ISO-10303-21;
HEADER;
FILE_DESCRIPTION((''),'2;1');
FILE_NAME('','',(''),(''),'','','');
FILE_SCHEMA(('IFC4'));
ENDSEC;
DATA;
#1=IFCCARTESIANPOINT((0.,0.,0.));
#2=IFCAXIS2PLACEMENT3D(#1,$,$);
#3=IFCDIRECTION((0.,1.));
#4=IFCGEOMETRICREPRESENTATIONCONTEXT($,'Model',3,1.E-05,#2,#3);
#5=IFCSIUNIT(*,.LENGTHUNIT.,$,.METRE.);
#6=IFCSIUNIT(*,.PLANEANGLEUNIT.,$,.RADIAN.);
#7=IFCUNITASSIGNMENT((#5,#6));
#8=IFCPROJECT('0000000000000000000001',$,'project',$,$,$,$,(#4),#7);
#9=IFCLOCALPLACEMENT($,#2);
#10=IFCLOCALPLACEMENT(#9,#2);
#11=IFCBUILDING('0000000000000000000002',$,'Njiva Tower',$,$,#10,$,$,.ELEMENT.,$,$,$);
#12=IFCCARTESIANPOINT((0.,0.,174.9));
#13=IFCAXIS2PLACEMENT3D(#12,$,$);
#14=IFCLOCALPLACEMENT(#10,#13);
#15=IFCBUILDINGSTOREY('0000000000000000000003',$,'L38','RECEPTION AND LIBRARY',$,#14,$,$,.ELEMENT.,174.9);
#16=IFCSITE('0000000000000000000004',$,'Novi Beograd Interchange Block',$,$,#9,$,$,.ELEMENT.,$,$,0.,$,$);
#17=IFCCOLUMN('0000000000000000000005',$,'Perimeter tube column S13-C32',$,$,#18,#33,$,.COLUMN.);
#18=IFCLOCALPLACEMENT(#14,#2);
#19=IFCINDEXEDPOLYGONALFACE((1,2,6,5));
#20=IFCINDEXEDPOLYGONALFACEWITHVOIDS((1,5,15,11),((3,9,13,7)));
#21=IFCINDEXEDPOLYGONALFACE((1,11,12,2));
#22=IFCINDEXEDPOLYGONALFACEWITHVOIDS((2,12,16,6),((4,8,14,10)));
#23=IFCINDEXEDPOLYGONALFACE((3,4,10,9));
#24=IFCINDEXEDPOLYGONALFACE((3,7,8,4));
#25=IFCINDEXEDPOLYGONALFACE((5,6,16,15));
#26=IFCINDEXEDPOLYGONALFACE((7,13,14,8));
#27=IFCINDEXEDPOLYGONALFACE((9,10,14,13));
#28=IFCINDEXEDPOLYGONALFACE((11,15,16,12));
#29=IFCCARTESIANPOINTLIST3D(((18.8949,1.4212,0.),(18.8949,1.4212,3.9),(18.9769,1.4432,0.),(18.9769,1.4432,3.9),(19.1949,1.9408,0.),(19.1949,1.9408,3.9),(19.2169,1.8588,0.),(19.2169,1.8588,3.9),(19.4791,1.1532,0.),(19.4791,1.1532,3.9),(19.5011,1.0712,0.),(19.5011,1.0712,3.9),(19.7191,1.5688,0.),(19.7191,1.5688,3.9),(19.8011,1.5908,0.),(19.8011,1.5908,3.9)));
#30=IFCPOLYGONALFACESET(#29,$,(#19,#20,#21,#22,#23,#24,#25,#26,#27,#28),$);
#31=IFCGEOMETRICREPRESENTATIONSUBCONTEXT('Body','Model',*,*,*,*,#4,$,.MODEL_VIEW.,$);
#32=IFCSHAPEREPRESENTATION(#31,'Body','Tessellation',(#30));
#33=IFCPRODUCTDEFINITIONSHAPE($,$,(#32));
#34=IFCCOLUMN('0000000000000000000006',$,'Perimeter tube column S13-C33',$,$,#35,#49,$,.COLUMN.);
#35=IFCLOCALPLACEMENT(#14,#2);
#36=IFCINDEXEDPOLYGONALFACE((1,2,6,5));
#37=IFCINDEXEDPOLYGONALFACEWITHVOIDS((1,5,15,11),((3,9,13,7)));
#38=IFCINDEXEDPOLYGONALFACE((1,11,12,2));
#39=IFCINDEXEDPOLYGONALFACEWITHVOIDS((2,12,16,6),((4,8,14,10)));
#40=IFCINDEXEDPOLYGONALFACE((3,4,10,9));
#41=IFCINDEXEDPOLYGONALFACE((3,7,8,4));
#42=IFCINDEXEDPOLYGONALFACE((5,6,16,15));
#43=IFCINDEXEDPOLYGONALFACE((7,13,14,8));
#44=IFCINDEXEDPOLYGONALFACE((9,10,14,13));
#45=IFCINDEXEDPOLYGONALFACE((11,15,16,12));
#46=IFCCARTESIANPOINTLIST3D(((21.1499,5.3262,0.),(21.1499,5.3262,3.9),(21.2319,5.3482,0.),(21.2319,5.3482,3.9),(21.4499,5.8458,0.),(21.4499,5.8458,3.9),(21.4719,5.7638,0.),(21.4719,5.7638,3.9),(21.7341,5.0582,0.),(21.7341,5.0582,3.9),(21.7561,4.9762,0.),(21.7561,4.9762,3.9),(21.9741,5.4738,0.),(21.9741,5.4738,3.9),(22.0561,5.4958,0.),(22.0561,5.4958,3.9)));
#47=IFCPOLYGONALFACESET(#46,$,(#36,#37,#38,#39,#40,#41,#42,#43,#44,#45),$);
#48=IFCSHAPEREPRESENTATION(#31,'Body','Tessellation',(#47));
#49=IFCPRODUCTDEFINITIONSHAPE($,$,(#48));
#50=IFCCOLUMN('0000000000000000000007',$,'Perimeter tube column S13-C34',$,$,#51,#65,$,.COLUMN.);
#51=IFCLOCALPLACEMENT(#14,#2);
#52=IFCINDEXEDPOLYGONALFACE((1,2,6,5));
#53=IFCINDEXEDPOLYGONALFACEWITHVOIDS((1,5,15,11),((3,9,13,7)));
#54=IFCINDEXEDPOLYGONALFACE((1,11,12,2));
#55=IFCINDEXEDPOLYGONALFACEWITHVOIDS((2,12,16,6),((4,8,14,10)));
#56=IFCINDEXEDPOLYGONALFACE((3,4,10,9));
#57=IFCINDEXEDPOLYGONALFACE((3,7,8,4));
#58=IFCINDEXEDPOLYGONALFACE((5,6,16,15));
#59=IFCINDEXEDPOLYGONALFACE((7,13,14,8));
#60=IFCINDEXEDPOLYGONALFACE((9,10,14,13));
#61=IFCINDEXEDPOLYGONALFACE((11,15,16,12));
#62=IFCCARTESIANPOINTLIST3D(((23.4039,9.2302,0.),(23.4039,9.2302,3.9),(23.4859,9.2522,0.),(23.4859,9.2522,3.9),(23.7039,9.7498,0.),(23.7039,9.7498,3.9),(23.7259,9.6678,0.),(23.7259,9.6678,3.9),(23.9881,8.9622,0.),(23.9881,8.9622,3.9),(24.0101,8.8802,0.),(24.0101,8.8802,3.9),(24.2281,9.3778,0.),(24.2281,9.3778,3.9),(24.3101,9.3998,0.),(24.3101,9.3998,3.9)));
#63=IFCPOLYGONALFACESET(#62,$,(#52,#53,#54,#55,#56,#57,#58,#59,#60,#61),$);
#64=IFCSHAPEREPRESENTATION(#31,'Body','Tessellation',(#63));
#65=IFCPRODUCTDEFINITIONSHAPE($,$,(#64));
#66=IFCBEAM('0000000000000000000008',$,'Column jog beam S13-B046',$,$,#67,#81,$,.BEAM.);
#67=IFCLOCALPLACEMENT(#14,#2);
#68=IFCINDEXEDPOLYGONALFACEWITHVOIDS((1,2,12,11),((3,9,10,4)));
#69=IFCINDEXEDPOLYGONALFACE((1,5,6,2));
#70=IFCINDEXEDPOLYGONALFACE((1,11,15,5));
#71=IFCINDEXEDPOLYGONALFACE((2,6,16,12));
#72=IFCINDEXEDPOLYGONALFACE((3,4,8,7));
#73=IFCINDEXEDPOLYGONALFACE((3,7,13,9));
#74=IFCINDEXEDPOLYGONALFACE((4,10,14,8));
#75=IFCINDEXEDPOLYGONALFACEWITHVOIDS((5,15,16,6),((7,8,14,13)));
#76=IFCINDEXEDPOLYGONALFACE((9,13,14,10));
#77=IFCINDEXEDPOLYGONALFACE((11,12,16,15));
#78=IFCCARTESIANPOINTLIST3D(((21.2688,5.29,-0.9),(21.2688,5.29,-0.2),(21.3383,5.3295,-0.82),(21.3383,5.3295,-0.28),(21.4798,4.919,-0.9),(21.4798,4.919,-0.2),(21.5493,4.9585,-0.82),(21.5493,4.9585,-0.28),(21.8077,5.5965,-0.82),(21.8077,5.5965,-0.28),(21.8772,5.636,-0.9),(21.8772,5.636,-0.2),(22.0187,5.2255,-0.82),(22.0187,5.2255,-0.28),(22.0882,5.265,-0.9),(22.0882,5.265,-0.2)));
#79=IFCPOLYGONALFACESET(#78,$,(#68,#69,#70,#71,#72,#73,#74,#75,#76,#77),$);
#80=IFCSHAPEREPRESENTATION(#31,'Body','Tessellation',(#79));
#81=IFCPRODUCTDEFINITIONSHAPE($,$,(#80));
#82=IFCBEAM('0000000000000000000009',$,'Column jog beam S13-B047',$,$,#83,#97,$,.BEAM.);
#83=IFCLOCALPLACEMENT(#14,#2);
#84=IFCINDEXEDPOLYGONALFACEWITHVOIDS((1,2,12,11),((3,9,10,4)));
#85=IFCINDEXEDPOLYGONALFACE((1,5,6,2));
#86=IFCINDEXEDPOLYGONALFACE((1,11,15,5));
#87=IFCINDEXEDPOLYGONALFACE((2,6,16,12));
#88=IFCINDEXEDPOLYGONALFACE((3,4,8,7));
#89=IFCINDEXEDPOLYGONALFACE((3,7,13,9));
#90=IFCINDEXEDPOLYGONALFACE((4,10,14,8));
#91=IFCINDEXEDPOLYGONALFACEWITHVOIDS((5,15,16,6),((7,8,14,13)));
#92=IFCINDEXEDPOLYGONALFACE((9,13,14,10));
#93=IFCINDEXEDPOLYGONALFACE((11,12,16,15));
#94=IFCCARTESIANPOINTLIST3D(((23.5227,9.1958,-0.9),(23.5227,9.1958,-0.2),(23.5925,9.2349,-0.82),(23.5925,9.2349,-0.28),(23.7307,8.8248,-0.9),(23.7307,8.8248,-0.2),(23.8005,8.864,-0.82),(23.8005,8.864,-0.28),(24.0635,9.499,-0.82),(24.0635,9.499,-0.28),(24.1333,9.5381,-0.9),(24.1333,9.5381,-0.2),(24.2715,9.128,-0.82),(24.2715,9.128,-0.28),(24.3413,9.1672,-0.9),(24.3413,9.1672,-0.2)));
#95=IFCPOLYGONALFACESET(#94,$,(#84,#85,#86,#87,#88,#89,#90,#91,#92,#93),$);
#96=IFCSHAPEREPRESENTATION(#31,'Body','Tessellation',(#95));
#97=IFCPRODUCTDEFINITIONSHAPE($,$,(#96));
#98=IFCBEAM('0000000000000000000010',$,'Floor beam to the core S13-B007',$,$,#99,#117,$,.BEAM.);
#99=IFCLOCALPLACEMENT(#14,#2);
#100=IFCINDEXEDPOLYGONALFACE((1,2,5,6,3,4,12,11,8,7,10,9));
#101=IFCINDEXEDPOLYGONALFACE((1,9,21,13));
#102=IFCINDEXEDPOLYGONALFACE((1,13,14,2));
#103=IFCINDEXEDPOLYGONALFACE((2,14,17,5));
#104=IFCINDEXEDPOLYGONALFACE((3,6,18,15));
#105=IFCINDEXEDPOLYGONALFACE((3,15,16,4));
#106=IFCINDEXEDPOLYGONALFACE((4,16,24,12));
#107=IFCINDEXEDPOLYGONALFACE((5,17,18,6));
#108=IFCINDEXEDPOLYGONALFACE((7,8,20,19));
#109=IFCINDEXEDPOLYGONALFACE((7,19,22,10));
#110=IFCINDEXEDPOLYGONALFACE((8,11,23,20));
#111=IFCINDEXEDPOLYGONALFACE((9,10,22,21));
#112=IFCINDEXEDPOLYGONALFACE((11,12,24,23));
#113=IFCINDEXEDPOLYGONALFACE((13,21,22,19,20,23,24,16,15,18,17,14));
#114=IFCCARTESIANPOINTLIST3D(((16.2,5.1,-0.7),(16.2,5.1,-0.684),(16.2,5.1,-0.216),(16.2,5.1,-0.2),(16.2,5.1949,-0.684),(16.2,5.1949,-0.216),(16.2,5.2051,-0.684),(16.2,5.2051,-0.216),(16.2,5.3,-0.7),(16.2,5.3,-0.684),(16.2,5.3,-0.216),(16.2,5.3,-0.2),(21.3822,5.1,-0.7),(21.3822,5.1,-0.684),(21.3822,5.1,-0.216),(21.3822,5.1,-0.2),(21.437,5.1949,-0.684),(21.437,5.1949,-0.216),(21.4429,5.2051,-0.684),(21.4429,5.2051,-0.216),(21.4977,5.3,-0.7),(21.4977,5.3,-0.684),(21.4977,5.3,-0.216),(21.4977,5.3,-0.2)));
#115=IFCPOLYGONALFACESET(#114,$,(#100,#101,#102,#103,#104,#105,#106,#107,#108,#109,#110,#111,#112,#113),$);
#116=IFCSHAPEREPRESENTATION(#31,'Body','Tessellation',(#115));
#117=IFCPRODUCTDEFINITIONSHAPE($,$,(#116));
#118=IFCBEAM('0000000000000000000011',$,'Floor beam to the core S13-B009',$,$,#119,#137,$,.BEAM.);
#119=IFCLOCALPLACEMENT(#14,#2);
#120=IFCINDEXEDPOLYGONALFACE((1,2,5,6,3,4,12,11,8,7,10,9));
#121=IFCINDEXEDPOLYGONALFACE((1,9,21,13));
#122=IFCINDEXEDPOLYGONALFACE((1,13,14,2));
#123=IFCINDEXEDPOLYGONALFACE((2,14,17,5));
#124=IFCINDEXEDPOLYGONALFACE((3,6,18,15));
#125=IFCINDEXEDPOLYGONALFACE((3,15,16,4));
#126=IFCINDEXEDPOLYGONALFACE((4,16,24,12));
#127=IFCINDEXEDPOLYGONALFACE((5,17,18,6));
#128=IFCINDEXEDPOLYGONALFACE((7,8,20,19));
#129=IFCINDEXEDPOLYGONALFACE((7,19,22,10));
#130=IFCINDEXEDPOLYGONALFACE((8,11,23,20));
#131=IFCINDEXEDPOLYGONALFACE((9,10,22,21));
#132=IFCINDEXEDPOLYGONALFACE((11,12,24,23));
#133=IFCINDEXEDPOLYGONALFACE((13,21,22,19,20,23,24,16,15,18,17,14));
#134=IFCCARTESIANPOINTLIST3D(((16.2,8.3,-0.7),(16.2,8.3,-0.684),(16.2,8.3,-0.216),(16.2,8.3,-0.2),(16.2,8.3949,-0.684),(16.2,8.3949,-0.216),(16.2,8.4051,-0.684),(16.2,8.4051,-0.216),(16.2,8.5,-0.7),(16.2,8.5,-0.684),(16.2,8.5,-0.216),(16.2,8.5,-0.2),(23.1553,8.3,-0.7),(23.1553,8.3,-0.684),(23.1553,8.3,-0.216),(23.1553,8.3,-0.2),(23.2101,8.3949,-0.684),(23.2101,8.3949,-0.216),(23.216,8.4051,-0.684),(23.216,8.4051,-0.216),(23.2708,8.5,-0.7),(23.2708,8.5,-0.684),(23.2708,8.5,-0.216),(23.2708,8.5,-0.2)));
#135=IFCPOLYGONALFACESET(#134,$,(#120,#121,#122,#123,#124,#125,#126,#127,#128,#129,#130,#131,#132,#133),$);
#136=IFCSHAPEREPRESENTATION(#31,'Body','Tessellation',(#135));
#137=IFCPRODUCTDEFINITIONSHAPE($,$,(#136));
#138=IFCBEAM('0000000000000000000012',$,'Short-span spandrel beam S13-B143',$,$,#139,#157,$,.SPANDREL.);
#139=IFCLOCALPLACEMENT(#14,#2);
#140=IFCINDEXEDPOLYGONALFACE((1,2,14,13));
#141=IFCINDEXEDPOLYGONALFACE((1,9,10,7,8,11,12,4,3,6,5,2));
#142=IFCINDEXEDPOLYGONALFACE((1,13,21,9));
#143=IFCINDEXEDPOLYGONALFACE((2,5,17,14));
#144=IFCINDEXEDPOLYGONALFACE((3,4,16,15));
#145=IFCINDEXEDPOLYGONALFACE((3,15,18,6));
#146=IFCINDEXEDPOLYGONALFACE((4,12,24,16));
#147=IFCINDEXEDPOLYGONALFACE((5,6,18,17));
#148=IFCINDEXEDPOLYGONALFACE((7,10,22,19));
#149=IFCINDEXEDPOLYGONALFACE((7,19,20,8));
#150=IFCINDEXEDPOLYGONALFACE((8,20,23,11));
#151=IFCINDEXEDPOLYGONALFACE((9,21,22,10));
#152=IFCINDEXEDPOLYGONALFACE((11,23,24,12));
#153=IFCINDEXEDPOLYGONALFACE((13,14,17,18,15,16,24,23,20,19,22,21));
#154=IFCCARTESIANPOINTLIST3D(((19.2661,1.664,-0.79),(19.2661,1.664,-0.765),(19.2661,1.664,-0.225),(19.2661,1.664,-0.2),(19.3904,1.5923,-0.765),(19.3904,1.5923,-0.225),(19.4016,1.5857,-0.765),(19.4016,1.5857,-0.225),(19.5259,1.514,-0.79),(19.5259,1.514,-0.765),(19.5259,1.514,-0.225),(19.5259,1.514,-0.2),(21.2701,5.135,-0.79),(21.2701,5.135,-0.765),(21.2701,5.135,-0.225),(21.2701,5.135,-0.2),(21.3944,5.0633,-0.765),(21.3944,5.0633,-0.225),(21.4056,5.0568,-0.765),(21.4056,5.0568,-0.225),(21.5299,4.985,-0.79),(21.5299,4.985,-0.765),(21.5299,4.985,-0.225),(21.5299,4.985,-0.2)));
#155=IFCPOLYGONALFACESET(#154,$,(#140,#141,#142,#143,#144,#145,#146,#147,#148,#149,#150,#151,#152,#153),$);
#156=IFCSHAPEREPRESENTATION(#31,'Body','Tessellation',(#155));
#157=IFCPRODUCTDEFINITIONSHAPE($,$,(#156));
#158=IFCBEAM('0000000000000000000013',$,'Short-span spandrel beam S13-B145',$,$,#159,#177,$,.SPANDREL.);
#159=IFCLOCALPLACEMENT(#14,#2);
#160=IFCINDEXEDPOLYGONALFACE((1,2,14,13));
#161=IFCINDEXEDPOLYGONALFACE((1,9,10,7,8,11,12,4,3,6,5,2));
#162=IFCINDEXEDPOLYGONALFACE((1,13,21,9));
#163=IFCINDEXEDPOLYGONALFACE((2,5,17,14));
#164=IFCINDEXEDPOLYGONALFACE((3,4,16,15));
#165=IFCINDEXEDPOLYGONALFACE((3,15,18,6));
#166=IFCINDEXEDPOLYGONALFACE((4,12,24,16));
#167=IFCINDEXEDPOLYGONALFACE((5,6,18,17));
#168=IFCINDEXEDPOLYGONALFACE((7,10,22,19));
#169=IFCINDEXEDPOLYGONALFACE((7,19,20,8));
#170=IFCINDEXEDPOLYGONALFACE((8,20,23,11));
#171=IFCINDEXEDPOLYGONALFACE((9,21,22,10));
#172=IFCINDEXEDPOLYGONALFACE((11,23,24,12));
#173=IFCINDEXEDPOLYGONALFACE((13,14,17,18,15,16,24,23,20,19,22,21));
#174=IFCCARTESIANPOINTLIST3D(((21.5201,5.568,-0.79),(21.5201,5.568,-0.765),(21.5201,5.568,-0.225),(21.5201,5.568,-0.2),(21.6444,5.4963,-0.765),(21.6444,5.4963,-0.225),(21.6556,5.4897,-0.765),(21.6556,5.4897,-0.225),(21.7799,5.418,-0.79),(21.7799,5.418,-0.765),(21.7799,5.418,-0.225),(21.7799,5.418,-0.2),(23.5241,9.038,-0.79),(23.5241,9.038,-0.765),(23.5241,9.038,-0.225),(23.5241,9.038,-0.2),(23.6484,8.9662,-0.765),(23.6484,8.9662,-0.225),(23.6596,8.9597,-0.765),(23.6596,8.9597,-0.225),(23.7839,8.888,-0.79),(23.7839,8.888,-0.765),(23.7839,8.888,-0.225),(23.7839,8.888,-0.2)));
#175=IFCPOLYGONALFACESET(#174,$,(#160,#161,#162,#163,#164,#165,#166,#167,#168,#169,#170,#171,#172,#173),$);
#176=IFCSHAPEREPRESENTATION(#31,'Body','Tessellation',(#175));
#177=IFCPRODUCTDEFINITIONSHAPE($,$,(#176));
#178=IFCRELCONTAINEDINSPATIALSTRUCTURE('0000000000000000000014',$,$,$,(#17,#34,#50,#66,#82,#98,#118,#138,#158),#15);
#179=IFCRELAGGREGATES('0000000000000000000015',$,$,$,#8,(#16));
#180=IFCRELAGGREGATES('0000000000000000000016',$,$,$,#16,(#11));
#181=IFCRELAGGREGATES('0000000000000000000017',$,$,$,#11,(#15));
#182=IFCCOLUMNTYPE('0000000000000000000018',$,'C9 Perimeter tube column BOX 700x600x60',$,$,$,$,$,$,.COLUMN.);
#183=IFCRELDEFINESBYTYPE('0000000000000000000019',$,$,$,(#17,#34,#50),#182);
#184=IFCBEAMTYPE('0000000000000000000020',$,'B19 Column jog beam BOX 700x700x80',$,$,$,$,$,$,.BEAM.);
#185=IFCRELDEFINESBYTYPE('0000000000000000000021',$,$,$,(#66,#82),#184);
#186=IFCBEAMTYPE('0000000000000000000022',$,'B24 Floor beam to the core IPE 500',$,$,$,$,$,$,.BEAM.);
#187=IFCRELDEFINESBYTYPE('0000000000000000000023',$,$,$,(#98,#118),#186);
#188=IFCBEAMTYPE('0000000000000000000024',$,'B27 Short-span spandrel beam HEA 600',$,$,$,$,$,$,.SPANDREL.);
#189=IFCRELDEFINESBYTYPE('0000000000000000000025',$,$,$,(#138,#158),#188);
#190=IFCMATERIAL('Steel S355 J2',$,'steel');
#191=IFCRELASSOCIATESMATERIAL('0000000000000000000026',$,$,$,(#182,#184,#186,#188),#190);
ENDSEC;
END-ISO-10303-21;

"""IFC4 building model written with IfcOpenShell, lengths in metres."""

from ifc_helpers import new_model, si_unit, direction, frame, origin, origin_2d, place, context, subcontext, project, spatial, hollow_rectangle, i_section, extrude, clip, halfspace, material, material_profile, profile_set, type_object, element, save


model = new_model("IFC4")

# Units and contexts
model_context = context("Model", 3, precision=1e-05, world=origin(), true_north=direction((0.0, 1.0)))
body_context = subcontext(model_context, "Body", "Model", "MODEL_VIEW")
ifc_project = project(units=[si_unit("LENGTHUNIT", "METRE"), si_unit("PLANEANGLEUNIT", "RADIAN")], contexts=[model_context])

# Site, building, storey
site_placement = place(None, origin())
site = spatial("IfcSite", under=ifc_project, at=site_placement, Name="Novi Beograd Interchange Block", CompositionType="ELEMENT", RefElevation=0.0)
building_placement = place(site_placement, origin())
building = spatial("IfcBuilding", under=site, at=building_placement, Name="Njiva Tower", CompositionType="ELEMENT")
storey_placement = place(building_placement, frame((0.0, 0.0, 174.9)))
storey = spatial("IfcBuildingStorey", under=building, at=storey_placement, Name="L38", Description="RECEPTION AND LIBRARY", CompositionType="ELEMENT", Elevation=174.9)

# Columns
ifc_material_1 = material(Name="Steel S355 J2", Category="steel")
ifc_material_profile_1 = material_profile(ifc_material_1, hollow_rectangle(XDim=0.6, YDim=0.7, WallThickness=0.06, at=origin_2d()), Name="BOX 700x600x60")
ifc_profile_set_1 = profile_set([ifc_material_profile_1], Name="Steel S355 J2")
column_type = type_object("IfcColumnType", Name="C9 Perimeter tube column BOX 700x600x60", PredefinedType="COLUMN", material=ifc_profile_set_1)
for number, where, z_axis, x_axis, name in (
    (1, (19.348, 1.506, 0.0), (0.0, 0.0, 1.0), (0.5, 0.866025, 0.0), "Perimeter tube column S13-C32"),
    (2, (21.603, 5.411, 0.0), (0.0, 0.0, 1.0), (0.5, 0.866025, 0.0), "Perimeter tube column S13-C33"),
    (3, (23.857, 9.315, 0.0), (0.0, 0.0, 1.0), (0.5, 0.866025, 0.0), "Perimeter tube column S13-C34"),
):
    element("IfcColumn", number, at=place(storey_placement, frame(where, z_axis=z_axis, x_axis=x_axis)), inside=storey, type_object=column_type, Name=name, PredefinedType="COLUMN", context=body_context, shape_type="SweptSolid", body=[
        extrude(hollow_rectangle(XDim=0.6, YDim=0.7, WallThickness=0.06, at=origin_2d()), origin(), (0.0, 0.0, 1.0), 3.9),
    ])

# Beams
ifc_material_profile_2 = material_profile(ifc_material_1, hollow_rectangle(XDim=0.7, YDim=0.7, WallThickness=0.08, at=origin_2d()), Name="BOX 700x700x80")
ifc_profile_set_2 = profile_set([ifc_material_profile_2], Name="Steel S355 J2")
beam_type_1 = type_object("IfcBeamType", Name="B19 Column jog beam BOX 700x700x80", PredefinedType="BEAM", material=ifc_profile_set_2)
beam_1_placement = place(storey_placement, frame((21.784, 5.092, -0.55), z_axis=(-0.494372, 0.869251, 0.0), x_axis=(-0.869251, -0.494372, 0.0)))
element("IfcBeam", 4, at=beam_1_placement, inside=storey, type_object=beam_type_1, Name="Column jog beam S13-B046", PredefinedType="BEAM", context=body_context, shape_type="SweptSolid", body=[
    extrude(hollow_rectangle(XDim=0.7, YDim=0.7, WallThickness=0.08, at=origin_2d()), origin(), (0.0, 0.0, 1.0), 0.4268),
])
beam_2_placement = place(storey_placement, frame((24.036, 8.996, -0.55), z_axis=(-0.489033, 0.872265, 0.0), x_axis=(-0.872265, -0.489033, 0.0)))
element("IfcBeam", 5, at=beam_2_placement, inside=storey, type_object=beam_type_1, Name="Column jog beam S13-B047", PredefinedType="BEAM", context=body_context, shape_type="SweptSolid", body=[
    extrude(hollow_rectangle(XDim=0.7, YDim=0.7, WallThickness=0.08, at=origin_2d()), origin(), (0.0, 0.0, 1.0), 0.4253),
])
ifc_material_profile_3 = material_profile(ifc_material_1, i_section(OverallWidth=0.2, OverallDepth=0.5, WebThickness=0.0102, FlangeThickness=0.016, at=origin_2d()), Name="IPE 500")
ifc_profile_set_3 = profile_set([ifc_material_profile_3], Name="Steel S355 J2")
beam_type_2 = type_object("IfcBeamType", Name="B24 Floor beam to the core IPE 500", PredefinedType="BEAM", material=ifc_profile_set_3)
beam_3_placement = place(storey_placement, frame((16.2, 5.2, -0.45), z_axis=(1.0, 0.0, 0.0), x_axis=(0.0, 1.0, 0.0)))
element("IfcBeam", 6, at=beam_3_placement, inside=storey, type_object=beam_type_2, Name="Floor beam to the core S13-B007", PredefinedType="BEAM", context=body_context, shape_type="Clipping", body=[
    clip(extrude(i_section(OverallWidth=0.2, OverallDepth=0.5, WebThickness=0.0102, FlangeThickness=0.016, at=origin_2d()), origin(), (0.0, 0.0, 1.0), 5.318), halfspace(frame((-0.025, 0.0, 5.2255), z_axis=(-0.499998, 0.0, 0.866027), x_axis=(0.0, 1.0, 0.0)), False)),
])
beam_4_placement = place(storey_placement, frame((16.2, 8.4, -0.45), z_axis=(1.0, 0.0, 0.0), x_axis=(0.0, 1.0, 0.0)))
element("IfcBeam", 7, at=beam_4_placement, inside=storey, type_object=beam_type_2, Name="Floor beam to the core S13-B009", PredefinedType="BEAM", context=body_context, shape_type="Clipping", body=[
    clip(extrude(i_section(OverallWidth=0.2, OverallDepth=0.5, WebThickness=0.0102, FlangeThickness=0.016, at=origin_2d()), origin(), (0.0, 0.0, 1.0), 7.091), halfspace(frame((-0.025, 0.0, 6.9986), z_axis=(-0.499998, 0.0, 0.866027), x_axis=(0.0, 1.0, 0.0)), False)),
])
ifc_material_profile_4 = material_profile(ifc_material_1, i_section(OverallWidth=0.3, OverallDepth=0.59, WebThickness=0.013, FlangeThickness=0.025, at=origin_2d()), Name="HEA 600")
ifc_profile_set_4 = profile_set([ifc_material_profile_4], Name="Steel S355 J2")
beam_type_3 = type_object("IfcBeamType", Name="B27 Short-span spandrel beam HEA 600", PredefinedType="SPANDREL", material=ifc_profile_set_4)
beam_5_placement = place(storey_placement, frame((19.396, 1.589, -0.495), z_axis=(0.500003, 0.866024, 0.0), x_axis=(-0.866024, 0.500003, 0.0)))
element("IfcBeam", 8, at=beam_5_placement, inside=storey, type_object=beam_type_3, Name="Short-span spandrel beam S13-B143", PredefinedType="SPANDREL", context=body_context, shape_type="SweptSolid", body=[
    extrude(i_section(OverallWidth=0.3, OverallDepth=0.59, WebThickness=0.013, FlangeThickness=0.025, at=origin_2d()), origin(), (0.0, 0.0, 1.0), 4.008),
])
beam_6_placement = place(storey_placement, frame((21.65, 5.493, -0.495), z_axis=(0.500111, 0.865961, 0.0), x_axis=(-0.865961, 0.500111, 0.0)))
element("IfcBeam", 9, at=beam_6_placement, inside=storey, type_object=beam_type_3, Name="Short-span spandrel beam S13-B145", PredefinedType="SPANDREL", context=body_context, shape_type="SweptSolid", body=[
    extrude(i_section(OverallWidth=0.3, OverallDepth=0.59, WebThickness=0.013, FlangeThickness=0.025, at=origin_2d()), origin(), (0.0, 0.0, 1.0), 4.0071),
])

save(model, "model.ifc")
